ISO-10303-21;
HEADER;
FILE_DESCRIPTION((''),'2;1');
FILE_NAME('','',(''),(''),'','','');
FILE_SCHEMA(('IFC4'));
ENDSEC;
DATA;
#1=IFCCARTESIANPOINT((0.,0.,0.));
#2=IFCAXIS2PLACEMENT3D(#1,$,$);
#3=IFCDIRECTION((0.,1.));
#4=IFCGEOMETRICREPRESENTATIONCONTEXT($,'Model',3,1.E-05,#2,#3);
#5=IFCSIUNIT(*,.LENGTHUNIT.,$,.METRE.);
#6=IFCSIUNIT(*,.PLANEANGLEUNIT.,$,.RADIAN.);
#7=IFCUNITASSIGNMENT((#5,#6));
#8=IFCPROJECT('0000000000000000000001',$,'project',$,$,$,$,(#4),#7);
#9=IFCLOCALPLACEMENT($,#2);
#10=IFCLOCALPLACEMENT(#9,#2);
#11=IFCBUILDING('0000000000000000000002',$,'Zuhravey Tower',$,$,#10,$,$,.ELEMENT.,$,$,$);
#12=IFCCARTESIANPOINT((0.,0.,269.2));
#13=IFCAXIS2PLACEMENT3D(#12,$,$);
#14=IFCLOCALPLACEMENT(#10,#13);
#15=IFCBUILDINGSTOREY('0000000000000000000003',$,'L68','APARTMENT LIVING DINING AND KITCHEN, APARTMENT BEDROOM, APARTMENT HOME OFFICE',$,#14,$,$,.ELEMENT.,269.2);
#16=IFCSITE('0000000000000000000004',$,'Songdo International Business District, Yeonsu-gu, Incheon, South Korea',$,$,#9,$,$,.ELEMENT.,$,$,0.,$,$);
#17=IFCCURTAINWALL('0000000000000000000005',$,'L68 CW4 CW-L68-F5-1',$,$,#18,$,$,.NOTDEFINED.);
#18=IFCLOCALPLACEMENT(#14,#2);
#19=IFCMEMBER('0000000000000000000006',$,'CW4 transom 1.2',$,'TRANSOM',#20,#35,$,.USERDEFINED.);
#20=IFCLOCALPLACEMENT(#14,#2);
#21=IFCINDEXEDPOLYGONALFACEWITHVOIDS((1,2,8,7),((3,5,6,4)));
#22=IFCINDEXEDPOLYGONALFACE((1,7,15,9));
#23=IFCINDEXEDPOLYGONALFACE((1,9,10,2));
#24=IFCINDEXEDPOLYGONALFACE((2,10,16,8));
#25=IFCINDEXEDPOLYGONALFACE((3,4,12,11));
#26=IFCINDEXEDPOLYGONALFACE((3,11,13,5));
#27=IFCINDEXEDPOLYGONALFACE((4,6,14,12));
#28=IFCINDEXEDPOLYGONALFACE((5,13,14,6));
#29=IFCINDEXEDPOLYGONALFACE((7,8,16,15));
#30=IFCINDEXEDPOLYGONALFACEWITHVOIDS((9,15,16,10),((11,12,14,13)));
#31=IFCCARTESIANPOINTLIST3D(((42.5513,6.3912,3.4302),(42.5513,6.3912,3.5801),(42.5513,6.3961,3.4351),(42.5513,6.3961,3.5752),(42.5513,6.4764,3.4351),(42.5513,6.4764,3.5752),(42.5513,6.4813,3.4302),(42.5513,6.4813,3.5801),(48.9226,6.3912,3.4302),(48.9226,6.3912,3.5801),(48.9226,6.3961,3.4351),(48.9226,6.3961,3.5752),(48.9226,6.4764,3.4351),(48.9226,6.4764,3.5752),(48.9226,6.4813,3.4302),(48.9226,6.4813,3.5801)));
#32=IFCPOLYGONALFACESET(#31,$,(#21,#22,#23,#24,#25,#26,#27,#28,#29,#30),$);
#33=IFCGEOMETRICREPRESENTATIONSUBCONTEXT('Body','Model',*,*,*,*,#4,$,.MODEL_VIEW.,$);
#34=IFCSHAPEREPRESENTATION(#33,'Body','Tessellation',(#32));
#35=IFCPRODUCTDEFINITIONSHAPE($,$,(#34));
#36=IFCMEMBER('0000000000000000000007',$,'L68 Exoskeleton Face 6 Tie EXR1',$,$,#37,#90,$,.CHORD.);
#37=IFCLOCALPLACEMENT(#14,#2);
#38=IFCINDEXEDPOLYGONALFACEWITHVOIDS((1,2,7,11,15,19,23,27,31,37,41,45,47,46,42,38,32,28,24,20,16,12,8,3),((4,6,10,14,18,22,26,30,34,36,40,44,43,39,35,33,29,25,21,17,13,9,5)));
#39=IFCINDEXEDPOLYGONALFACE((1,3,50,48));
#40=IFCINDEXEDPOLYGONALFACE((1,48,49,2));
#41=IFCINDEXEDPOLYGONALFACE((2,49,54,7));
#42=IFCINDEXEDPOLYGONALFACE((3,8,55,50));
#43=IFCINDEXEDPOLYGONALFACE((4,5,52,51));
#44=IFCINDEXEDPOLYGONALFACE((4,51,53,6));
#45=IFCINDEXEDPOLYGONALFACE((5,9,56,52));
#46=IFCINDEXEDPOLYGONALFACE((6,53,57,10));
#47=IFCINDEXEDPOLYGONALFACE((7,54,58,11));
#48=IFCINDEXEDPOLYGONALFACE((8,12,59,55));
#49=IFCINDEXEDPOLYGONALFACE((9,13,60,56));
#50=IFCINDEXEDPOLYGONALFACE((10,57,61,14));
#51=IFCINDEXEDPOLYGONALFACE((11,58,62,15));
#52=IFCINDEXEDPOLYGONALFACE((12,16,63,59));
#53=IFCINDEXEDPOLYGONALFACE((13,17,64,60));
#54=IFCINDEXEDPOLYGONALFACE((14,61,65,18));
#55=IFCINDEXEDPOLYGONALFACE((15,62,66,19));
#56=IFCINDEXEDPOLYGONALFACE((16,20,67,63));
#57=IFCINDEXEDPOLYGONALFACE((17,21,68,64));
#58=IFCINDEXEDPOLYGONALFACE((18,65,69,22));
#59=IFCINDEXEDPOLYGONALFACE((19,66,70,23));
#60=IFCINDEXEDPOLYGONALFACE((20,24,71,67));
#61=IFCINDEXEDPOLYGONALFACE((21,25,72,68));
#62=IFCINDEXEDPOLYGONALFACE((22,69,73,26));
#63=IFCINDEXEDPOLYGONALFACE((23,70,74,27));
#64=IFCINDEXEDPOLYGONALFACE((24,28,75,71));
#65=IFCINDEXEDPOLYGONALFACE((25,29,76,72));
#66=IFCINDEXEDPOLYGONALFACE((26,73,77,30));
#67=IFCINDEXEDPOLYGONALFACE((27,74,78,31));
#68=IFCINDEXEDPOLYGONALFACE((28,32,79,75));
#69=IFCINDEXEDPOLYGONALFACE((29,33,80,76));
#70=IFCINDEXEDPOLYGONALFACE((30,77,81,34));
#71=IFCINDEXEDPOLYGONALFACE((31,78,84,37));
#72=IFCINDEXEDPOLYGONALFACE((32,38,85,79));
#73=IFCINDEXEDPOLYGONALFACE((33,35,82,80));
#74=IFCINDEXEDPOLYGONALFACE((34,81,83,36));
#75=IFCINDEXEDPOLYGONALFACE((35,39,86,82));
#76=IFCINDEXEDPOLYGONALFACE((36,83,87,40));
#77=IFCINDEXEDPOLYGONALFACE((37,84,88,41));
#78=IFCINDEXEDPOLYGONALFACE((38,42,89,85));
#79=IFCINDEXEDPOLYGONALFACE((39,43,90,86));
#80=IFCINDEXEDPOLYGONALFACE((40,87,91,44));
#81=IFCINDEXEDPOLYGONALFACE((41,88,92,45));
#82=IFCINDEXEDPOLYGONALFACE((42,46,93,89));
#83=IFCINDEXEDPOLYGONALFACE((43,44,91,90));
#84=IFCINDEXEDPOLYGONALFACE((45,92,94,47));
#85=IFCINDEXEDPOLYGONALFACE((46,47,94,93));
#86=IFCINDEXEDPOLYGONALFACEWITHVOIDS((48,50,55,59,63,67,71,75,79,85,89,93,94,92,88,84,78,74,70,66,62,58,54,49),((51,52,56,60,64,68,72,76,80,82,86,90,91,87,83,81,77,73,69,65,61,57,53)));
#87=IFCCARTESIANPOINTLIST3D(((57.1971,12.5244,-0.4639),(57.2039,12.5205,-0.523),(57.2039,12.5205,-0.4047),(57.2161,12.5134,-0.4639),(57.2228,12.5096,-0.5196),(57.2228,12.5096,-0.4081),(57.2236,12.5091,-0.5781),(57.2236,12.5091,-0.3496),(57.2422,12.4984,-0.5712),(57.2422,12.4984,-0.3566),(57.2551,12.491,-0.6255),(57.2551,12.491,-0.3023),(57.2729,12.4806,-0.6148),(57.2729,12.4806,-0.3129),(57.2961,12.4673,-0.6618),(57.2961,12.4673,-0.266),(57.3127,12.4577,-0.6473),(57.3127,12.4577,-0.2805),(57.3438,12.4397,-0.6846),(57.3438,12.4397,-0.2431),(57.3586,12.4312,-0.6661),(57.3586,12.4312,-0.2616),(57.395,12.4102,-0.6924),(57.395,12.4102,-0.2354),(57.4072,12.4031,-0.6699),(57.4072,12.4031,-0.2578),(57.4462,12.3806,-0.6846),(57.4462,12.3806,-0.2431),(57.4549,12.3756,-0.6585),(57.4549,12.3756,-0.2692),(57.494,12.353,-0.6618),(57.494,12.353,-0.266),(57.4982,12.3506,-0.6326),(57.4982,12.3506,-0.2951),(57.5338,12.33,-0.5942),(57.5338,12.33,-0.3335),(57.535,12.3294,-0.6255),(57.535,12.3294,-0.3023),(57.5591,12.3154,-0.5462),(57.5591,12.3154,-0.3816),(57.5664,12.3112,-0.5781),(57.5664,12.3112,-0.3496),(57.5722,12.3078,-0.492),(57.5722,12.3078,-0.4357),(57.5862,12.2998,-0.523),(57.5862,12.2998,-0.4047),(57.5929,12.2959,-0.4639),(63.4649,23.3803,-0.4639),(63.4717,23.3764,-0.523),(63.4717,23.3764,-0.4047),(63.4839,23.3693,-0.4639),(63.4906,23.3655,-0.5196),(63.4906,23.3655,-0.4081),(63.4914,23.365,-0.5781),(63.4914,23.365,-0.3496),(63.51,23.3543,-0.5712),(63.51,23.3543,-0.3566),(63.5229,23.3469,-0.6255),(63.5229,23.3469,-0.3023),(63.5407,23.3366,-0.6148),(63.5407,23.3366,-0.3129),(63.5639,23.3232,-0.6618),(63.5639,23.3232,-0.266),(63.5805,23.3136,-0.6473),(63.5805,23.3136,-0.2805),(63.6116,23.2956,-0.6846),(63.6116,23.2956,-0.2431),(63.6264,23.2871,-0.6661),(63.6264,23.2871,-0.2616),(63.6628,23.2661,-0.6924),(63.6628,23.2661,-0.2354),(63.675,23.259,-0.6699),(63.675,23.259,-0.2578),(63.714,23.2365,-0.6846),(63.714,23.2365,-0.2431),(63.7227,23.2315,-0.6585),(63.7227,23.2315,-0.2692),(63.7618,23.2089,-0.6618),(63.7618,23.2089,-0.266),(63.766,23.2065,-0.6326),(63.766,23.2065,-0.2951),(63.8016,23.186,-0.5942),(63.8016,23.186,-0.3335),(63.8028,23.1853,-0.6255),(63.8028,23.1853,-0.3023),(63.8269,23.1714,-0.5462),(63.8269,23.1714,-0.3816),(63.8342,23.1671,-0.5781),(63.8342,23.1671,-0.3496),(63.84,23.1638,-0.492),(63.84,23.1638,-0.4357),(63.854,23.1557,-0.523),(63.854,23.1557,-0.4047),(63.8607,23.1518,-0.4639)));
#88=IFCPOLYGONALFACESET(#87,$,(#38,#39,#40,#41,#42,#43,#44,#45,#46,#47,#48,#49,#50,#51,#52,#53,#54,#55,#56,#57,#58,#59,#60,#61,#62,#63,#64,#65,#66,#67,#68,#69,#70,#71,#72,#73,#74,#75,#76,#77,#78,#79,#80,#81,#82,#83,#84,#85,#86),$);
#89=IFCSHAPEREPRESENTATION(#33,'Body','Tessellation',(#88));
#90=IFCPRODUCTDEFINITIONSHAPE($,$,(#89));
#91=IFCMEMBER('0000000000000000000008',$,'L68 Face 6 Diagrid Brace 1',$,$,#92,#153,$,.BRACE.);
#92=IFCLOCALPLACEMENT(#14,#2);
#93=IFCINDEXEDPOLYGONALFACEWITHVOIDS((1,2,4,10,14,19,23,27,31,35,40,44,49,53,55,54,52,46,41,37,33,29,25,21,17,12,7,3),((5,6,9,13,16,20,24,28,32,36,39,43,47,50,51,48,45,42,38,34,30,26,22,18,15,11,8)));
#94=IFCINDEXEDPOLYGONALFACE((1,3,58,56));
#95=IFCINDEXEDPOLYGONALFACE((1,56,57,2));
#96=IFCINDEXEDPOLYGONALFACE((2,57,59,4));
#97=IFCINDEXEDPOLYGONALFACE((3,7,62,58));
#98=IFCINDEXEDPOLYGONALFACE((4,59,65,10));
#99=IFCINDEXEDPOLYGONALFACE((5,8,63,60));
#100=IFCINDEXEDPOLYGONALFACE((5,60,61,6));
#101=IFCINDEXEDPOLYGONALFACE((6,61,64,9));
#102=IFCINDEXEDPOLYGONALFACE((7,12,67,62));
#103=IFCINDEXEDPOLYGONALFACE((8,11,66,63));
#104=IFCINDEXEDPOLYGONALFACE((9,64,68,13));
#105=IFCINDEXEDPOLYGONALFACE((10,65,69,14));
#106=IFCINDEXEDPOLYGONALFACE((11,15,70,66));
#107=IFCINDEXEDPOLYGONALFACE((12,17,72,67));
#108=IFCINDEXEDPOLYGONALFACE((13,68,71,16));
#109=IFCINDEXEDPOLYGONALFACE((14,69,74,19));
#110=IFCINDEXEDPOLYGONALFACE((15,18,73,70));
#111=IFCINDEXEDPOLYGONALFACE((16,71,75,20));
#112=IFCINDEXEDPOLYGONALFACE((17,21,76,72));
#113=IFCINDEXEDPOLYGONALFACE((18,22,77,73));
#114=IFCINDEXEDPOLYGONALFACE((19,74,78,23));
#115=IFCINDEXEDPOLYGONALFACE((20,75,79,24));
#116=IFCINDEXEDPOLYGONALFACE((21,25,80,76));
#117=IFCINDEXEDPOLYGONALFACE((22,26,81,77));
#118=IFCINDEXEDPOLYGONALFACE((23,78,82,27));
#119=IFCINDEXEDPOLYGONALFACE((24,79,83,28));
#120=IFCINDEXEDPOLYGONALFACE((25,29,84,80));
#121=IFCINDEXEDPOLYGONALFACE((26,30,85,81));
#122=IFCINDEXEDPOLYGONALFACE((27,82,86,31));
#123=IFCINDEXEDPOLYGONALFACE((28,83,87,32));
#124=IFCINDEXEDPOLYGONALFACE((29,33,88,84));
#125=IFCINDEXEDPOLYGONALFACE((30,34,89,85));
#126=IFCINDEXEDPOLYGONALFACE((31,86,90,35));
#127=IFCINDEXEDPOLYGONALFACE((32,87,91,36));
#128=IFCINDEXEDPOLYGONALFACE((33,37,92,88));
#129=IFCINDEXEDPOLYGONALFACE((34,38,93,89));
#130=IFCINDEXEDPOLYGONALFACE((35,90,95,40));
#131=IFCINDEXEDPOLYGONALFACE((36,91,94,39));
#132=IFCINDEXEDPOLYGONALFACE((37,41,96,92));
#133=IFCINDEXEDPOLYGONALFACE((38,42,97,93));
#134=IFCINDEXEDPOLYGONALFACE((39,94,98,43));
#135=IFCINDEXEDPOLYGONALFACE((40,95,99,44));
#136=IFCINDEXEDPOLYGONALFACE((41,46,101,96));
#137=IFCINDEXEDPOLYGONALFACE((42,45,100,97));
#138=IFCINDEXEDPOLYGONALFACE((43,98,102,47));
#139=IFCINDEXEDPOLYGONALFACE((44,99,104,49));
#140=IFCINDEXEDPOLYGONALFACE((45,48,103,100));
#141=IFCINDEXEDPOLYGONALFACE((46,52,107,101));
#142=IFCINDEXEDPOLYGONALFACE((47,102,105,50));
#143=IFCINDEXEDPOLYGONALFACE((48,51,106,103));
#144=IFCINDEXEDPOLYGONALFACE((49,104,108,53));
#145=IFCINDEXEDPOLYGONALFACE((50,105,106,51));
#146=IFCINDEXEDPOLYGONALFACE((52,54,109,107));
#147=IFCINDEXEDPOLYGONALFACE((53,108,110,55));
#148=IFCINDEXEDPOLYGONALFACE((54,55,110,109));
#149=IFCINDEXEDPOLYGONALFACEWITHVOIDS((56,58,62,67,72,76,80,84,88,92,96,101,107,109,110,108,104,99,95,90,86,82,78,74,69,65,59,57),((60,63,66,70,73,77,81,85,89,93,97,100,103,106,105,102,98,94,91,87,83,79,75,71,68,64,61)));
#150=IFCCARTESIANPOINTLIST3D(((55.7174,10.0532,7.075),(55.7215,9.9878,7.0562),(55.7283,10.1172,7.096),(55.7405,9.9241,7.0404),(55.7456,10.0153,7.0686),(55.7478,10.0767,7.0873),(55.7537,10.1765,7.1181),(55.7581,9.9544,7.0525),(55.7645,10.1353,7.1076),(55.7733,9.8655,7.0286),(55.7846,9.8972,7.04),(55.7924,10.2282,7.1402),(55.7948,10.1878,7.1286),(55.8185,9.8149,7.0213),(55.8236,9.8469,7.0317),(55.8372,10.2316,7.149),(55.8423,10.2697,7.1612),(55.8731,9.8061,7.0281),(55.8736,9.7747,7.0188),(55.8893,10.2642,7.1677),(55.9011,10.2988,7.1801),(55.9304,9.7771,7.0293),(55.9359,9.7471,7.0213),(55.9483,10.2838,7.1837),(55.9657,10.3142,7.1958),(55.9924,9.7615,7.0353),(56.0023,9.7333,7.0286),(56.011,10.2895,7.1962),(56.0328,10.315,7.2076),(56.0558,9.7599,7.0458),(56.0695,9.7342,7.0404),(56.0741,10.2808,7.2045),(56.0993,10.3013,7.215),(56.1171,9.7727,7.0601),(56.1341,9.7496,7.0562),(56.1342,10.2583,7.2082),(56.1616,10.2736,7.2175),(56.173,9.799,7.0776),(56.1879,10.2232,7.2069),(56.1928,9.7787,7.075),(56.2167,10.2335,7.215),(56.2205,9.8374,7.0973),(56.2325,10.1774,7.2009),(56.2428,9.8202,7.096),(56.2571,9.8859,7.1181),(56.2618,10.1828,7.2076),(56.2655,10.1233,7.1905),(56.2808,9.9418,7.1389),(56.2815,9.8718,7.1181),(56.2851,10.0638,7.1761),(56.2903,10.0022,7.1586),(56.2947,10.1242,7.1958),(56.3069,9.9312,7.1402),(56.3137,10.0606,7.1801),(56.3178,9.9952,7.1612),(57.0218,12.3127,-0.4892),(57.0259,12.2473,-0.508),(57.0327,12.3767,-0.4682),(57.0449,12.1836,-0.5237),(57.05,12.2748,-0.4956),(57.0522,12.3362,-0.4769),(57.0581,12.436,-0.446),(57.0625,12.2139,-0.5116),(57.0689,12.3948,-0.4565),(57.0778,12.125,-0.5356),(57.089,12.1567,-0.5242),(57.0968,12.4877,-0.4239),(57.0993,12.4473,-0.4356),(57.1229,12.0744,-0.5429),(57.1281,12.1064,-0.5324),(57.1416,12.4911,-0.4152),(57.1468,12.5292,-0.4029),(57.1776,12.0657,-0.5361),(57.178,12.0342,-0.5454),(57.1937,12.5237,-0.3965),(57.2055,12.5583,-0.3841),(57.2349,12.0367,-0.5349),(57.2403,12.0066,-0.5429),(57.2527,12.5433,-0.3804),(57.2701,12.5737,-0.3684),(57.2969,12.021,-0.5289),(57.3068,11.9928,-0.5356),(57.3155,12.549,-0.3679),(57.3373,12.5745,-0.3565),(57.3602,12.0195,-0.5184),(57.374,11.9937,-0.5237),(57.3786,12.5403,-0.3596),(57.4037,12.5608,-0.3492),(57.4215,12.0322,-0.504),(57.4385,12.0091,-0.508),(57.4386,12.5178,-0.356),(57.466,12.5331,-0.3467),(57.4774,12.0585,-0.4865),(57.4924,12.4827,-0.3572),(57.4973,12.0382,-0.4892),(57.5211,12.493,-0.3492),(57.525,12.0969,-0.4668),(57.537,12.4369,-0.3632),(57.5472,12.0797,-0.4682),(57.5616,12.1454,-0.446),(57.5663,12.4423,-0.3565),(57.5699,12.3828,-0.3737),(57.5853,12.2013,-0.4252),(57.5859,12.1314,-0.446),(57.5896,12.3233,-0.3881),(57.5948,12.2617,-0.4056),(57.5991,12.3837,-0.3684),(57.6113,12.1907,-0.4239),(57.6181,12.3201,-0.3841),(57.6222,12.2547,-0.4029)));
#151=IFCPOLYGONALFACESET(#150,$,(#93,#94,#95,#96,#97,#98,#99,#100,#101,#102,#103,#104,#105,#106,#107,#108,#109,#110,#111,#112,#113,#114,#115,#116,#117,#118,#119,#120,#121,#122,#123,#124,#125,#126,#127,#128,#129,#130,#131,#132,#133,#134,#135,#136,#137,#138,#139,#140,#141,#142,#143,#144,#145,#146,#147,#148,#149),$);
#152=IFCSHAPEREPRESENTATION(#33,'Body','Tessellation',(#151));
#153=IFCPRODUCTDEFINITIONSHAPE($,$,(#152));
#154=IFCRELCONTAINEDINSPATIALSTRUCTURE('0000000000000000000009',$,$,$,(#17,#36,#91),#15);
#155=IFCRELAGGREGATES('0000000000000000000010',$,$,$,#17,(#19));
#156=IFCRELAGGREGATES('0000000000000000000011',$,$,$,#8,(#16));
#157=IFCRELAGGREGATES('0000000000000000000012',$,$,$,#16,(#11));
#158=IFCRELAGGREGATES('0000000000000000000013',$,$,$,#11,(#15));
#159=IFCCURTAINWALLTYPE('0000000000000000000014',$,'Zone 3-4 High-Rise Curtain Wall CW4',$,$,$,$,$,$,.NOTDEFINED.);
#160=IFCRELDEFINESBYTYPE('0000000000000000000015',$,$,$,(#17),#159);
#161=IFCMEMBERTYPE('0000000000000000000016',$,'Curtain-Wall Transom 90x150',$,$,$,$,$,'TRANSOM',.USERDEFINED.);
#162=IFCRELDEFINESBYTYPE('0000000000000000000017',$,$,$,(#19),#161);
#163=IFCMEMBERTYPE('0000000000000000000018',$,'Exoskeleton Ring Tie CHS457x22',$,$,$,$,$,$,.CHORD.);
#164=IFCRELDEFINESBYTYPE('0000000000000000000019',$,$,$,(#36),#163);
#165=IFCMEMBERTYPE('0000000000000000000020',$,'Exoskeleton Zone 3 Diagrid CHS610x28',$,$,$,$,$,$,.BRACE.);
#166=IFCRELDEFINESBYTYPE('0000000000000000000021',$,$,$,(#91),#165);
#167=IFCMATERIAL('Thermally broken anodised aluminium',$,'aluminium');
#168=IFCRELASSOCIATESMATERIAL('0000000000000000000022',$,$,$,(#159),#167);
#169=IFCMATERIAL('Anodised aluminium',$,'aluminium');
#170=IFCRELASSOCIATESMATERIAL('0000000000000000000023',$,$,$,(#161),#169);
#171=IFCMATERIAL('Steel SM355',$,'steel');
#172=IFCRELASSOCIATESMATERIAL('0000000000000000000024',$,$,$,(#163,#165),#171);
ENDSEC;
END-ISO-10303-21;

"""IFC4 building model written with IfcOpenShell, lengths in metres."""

from ifc_helpers import new_model, si_unit, direction, frame, origin, origin_2d, place, context, subcontext, project, spatial, hollow_rectangle, hollow_circle, extrude, material, material_profile, profile_set, type_object, element, aggregate, save


model = new_model("IFC4")

# Units and contexts
model_context = context("Model", 3, precision=1e-05, world=origin(), true_north=direction((0.0, 1.0)))
body_context = subcontext(model_context, "Body", "Model", "MODEL_VIEW")
ifc_project = project(units=[si_unit("LENGTHUNIT", "METRE"), si_unit("PLANEANGLEUNIT", "RADIAN")], contexts=[model_context])

# Site, building, storey
site_placement = place(None, origin())
site = spatial("IfcSite", under=ifc_project, at=site_placement, Name="Songdo International Business District, Yeonsu-gu, Incheon, South Korea", CompositionType="ELEMENT", RefElevation=0.0)
building_placement = place(site_placement, origin())
building = spatial("IfcBuilding", under=site, at=building_placement, Name="Zuhravey Tower", CompositionType="ELEMENT")
storey_placement = place(building_placement, frame((0.0, 0.0, 269.2)))
storey = spatial("IfcBuildingStorey", under=building, at=storey_placement, Name="L68", Description="APARTMENT LIVING DINING AND KITCHEN, APARTMENT BEDROOM, APARTMENT HOME OFFICE", CompositionType="ELEMENT", Elevation=269.2)

# Shared definitions
ifc_material_1 = material(Name="Thermally broken anodised aluminium", Category="aluminium")
curtain_wall_type = type_object("IfcCurtainWallType", Name="Zone 3-4 High-Rise Curtain Wall CW4", PredefinedType="NOTDEFINED", material=ifc_material_1)
ifc_material_2 = material(Name="Anodised aluminium", Category="aluminium")

# Curtain wall
curtain_wall_1_placement = place(storey_placement, origin())
curtain_wall_1 = element("IfcCurtainWall", 1, at=curtain_wall_1_placement, inside=storey, type_object=curtain_wall_type, Name="L68 CW4 CW-L68-F5-1", PredefinedType="NOTDEFINED")

# Member
ifc_material_profile_1 = material_profile(ifc_material_2, hollow_rectangle(XDim=0.0901, YDim=0.1499, WallThickness=0.0049, at=origin_2d()), Name="ALU-RHS-90x150x5")
ifc_profile_set_1 = profile_set([ifc_material_profile_1], Name="Anodised aluminium")
member_type_1 = type_object("IfcMemberType", Name="Curtain-Wall Transom 90x150", ElementType="TRANSOM", PredefinedType="USERDEFINED", material=ifc_profile_set_1)
member_1_placement = place(storey_placement, frame((48.9226, 6.4363, 3.5051), z_axis=(-1.0, 0.0, 0.0), x_axis=(0.0, -1.0, 0.0)))
member_1 = element("IfcMember", 2, at=member_1_placement, type_object=member_type_1, Name="CW4 transom 1.2", ObjectType="TRANSOM", PredefinedType="USERDEFINED", context=body_context, shape_type="SweptSolid", body=[
    extrude(hollow_rectangle(XDim=0.0901, YDim=0.1499, WallThickness=0.0049, at=origin_2d()), origin(), (0.0, 0.0, 1.0), 6.3713),
])
aggregate(curtain_wall_1, [member_1])

# Members
ifc_material_3 = material(Name="Steel SM355", Category="steel")
ifc_material_profile_2 = material_profile(ifc_material_3, hollow_circle(Radius=0.2285, WallThickness=0.022, at=origin_2d()), Name="CHS-457.2x22")
ifc_profile_set_2 = profile_set([ifc_material_profile_2], Name="Steel SM355")
member_type_2 = type_object("IfcMemberType", Name="Exoskeleton Ring Tie CHS457x22", PredefinedType="CHORD", material=ifc_profile_set_2)
member_2_placement = place(storey_placement, frame((57.395, 12.4102, -0.4639), z_axis=(0.500008, 0.866021, 0.0), x_axis=(-0.866021, 0.500008, 0.0)))
element("IfcMember", 3, at=member_2_placement, inside=storey, type_object=member_type_2, Name="L68 Exoskeleton Face 6 Tie EXR1", PredefinedType="CHORD", context=body_context, shape_type="SweptSolid", body=[
    extrude(hollow_circle(Radius=0.2285, WallThickness=0.022, at=origin_2d()), origin(), (0.0, 0.0, 1.0), 12.5354),
])
ifc_material_profile_3 = material_profile(ifc_material_3, hollow_circle(Radius=0.3047, WallThickness=0.0281, at=origin_2d()), Name="CHS-609.6x28")
ifc_profile_set_3 = profile_set([ifc_material_profile_3], Name="Steel SM355")
member_type_3 = type_object("IfcMemberType", Name="Exoskeleton Zone 3 Diagrid CHS610x28", PredefinedType="BRACE", material=ifc_profile_set_3)
member_3_placement = place(storey_placement, frame((57.322, 12.2837, -0.446), z_axis=(-0.163025, -0.282387, 0.945347), x_axis=(0.866041, -0.499974, 0.0)))
element("IfcMember", 4, at=member_3_placement, inside=storey, type_object=member_type_3, Name="L68 Face 6 Diagrid Brace 1", PredefinedType="BRACE", context=body_context, shape_type="SweptSolid", body=[
    extrude(hollow_circle(Radius=0.3047, WallThickness=0.0281, at=origin_2d()), origin(), (0.0, 0.0, 1.0), 8.0015),
])

save(model, "model.ifc")
